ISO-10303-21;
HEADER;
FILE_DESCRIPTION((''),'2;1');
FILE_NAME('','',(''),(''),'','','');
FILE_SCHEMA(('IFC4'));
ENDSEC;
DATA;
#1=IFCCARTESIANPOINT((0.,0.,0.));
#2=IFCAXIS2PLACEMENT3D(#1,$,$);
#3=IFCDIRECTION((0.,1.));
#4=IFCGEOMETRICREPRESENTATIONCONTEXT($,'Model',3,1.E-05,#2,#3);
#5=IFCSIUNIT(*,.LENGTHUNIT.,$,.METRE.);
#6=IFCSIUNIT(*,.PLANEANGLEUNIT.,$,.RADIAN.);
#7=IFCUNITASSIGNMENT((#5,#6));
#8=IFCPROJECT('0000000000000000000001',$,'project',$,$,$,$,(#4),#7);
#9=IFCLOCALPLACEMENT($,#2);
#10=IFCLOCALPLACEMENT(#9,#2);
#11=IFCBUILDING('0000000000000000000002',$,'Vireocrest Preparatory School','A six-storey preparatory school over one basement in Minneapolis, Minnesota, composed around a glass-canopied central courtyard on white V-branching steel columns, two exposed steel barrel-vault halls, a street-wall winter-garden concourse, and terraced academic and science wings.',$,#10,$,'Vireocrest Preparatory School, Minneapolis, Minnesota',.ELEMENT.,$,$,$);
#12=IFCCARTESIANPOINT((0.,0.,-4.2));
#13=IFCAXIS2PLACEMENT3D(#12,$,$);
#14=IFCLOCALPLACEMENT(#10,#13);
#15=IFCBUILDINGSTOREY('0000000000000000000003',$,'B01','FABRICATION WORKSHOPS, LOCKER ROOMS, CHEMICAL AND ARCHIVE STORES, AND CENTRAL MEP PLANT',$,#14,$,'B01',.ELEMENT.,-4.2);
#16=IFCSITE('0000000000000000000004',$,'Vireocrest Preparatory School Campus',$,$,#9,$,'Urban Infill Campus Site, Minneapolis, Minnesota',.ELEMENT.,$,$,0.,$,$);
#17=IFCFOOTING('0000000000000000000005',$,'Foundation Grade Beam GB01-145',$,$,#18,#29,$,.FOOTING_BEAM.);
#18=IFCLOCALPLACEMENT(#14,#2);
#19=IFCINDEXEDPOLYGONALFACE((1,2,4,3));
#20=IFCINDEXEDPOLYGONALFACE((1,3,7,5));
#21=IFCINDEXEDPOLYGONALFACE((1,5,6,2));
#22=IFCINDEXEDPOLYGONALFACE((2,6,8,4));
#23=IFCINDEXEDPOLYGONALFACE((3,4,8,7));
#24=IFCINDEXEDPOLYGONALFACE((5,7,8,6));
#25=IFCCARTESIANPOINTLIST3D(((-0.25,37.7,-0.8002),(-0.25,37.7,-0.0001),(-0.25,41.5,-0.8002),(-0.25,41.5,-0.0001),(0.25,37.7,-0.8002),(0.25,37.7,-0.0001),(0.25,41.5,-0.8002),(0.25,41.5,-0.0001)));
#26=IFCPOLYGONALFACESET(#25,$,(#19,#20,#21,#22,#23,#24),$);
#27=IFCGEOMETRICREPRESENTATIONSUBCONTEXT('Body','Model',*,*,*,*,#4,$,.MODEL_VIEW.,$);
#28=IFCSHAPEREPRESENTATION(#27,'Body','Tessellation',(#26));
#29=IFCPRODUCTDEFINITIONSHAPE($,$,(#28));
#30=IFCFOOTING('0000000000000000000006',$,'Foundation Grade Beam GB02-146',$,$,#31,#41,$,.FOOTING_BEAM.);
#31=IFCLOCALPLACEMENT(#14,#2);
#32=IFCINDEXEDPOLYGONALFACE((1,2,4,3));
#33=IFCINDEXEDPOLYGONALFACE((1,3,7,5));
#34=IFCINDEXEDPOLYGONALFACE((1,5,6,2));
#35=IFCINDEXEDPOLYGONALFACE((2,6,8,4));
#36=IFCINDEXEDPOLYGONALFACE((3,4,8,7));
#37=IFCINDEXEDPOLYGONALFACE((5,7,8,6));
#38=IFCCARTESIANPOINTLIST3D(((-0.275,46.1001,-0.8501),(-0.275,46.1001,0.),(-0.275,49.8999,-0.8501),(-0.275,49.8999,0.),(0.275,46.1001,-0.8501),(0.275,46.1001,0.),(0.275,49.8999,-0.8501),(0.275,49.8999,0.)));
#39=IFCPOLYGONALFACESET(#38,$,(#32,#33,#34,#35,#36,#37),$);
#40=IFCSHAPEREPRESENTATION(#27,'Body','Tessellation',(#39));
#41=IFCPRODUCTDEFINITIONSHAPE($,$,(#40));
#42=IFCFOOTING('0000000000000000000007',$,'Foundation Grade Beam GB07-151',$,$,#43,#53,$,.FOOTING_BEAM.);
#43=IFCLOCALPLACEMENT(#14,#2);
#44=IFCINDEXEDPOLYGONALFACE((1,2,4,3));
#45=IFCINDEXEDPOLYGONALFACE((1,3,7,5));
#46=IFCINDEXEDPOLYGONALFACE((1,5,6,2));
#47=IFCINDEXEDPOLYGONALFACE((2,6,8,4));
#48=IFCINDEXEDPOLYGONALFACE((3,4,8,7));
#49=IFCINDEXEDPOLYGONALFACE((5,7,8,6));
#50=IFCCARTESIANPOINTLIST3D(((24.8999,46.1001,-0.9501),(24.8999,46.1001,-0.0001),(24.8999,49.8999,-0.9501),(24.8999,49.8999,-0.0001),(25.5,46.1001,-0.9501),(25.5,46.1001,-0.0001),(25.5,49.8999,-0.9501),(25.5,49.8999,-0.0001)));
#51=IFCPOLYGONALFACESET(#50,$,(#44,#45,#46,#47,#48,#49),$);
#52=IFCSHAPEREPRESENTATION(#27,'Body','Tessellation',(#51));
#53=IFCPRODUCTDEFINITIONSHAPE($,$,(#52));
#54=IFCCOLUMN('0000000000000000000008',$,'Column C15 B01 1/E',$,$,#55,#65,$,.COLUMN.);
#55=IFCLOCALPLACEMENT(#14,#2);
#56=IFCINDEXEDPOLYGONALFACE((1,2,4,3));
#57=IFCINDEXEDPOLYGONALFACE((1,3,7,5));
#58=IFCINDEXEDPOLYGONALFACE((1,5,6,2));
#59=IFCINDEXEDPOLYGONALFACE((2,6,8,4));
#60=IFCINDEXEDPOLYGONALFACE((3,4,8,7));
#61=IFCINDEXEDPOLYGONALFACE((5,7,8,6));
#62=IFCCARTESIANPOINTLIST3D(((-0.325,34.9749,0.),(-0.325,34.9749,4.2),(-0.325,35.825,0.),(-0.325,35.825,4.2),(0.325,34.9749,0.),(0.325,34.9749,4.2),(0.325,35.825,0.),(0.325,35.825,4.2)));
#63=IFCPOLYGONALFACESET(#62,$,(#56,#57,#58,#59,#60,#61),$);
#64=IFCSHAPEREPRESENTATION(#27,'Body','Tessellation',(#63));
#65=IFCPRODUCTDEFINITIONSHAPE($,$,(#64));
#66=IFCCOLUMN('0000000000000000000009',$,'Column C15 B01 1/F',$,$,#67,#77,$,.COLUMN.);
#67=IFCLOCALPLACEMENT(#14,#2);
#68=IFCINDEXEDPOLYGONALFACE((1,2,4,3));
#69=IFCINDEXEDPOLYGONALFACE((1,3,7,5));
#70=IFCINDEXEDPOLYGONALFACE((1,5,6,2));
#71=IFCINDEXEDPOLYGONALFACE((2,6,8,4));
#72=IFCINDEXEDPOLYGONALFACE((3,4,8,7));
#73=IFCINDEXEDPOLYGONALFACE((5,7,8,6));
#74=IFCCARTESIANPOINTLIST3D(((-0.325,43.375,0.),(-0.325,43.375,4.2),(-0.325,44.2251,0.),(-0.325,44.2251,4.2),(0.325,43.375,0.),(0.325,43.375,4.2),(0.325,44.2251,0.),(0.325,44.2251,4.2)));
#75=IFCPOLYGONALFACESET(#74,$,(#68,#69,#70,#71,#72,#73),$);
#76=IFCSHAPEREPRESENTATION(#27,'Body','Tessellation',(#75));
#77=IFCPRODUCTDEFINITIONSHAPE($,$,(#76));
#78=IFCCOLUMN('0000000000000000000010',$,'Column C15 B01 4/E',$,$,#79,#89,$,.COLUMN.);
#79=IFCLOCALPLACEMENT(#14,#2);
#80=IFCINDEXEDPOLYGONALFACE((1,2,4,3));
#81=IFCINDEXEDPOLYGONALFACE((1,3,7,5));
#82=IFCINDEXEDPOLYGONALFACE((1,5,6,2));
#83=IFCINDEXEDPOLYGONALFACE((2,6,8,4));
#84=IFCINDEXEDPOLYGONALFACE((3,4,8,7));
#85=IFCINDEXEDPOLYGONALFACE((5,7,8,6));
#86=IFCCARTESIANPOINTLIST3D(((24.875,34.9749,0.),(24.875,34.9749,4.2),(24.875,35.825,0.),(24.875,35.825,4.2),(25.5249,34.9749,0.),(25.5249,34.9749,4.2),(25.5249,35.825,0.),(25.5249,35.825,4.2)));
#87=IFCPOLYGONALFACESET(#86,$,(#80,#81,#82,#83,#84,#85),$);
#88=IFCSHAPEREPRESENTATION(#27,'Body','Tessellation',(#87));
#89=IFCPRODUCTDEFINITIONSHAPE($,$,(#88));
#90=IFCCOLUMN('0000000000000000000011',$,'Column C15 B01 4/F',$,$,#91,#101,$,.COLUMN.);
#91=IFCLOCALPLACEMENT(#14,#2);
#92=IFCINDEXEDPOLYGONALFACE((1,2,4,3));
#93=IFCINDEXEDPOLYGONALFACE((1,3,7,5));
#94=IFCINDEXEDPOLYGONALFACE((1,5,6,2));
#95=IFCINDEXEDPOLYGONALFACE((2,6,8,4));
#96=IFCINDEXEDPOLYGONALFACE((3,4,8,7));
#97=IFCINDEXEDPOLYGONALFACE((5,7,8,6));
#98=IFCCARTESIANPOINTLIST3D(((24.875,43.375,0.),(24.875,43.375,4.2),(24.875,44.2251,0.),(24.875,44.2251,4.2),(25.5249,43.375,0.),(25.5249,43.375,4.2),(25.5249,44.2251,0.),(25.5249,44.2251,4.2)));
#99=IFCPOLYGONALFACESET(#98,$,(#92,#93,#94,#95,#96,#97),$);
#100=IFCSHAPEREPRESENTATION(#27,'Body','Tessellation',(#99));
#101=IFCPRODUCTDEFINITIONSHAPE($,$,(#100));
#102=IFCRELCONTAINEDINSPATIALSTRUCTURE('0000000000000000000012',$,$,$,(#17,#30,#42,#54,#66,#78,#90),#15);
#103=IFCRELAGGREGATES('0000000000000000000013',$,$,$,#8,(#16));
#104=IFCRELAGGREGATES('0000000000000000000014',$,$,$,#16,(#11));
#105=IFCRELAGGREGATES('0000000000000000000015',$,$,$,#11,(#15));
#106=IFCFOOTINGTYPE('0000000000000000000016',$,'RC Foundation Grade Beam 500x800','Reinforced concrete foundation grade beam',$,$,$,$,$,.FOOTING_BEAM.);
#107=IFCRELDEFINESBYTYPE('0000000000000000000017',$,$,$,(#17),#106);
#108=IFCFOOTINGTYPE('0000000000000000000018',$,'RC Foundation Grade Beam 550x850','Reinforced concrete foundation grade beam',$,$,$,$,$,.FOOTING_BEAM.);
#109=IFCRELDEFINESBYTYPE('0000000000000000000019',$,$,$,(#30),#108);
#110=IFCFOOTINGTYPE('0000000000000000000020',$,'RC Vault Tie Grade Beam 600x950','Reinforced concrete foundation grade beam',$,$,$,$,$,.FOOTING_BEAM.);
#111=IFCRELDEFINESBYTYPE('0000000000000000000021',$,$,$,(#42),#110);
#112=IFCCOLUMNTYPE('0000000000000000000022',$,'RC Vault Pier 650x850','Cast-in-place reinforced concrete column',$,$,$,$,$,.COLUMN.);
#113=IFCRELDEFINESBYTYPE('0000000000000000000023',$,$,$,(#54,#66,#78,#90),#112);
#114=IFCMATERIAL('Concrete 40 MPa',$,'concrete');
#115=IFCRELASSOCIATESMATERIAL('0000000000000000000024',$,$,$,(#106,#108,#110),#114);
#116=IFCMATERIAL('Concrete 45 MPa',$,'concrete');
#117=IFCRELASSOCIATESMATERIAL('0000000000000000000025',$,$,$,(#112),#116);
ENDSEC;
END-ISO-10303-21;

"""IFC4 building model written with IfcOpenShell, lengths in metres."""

from ifc_helpers import new_model, si_unit, direction, frame, origin, origin_2d, place, context, subcontext, project, spatial, rectangle, extrude, material, material_profile, profile_set, type_object, element, save


model = new_model("IFC4")

# Units and contexts
model_context = context("Model", 3, precision=1e-05, world=origin(), true_north=direction((0.0, 1.0)))
body_context = subcontext(model_context, "Body", "Model", "MODEL_VIEW")
ifc_project = project(units=[si_unit("LENGTHUNIT", "METRE"), si_unit("PLANEANGLEUNIT", "RADIAN")], contexts=[model_context])

# Site, building, storey
site_placement = place(None, origin())
site = spatial("IfcSite", under=ifc_project, at=site_placement, Name="Vireocrest Preparatory School Campus", LongName="Urban Infill Campus Site, Minneapolis, Minnesota", CompositionType="ELEMENT", RefElevation=0.0)
building_placement = place(site_placement, origin())
building = spatial("IfcBuilding", under=site, at=building_placement, Name="Vireocrest Preparatory School", Description="A six-storey preparatory school over one basement in Minneapolis, Minnesota, composed around a glass-canopied central courtyard on white V-branching steel columns, two exposed steel barrel-vault halls, a street-wall winter-garden concourse, and terraced academic and science wings.", LongName="Vireocrest Preparatory School, Minneapolis, Minnesota", CompositionType="ELEMENT")
storey_placement = place(building_placement, frame((0.0, 0.0, -4.2)))
storey = spatial("IfcBuildingStorey", under=building, at=storey_placement, Name="B01", Description="FABRICATION WORKSHOPS, LOCKER ROOMS, CHEMICAL AND ARCHIVE STORES, AND CENTRAL MEP PLANT", LongName="B01", CompositionType="ELEMENT", Elevation=-4.2)

# Shared definitions
ifc_material_1 = material(Name="Concrete 40 MPa", Category="concrete")

# Footings
ifc_material_profile_1 = material_profile(ifc_material_1, rectangle(XDim=0.5, YDim=0.8, at=origin_2d()), Name="GB 500x800")
ifc_profile_set_1 = profile_set([ifc_material_profile_1], Name="Concrete 40 MPa")
footing_type_1 = type_object("IfcFootingType", Name="RC Foundation Grade Beam 500x800", Description="Reinforced concrete foundation grade beam", PredefinedType="FOOTING_BEAM", material=ifc_profile_set_1)
footing_1_placement = place(storey_placement, frame((0.0, 37.7, -0.4001), z_axis=(0.0, 1.0, 0.0), x_axis=(-1.0, 0.0, 0.0)))
element("IfcFooting", 1, at=footing_1_placement, inside=storey, type_object=footing_type_1, Name="Foundation Grade Beam GB01-145", PredefinedType="FOOTING_BEAM", context=body_context, shape_type="SweptSolid", body=[
    extrude(rectangle(XDim=0.5, YDim=0.8, at=origin_2d()), origin(), (0.0, 0.0, 1.0), 3.8),
])
ifc_material_profile_2 = material_profile(ifc_material_1, rectangle(XDim=0.55, YDim=0.8501, at=origin_2d()), Name="GB 550x850")
ifc_profile_set_2 = profile_set([ifc_material_profile_2], Name="Concrete 40 MPa")
footing_type_2 = type_object("IfcFootingType", Name="RC Foundation Grade Beam 550x850", Description="Reinforced concrete foundation grade beam", PredefinedType="FOOTING_BEAM", material=ifc_profile_set_2)
footing_2_placement = place(storey_placement, frame((0.0, 46.1001, -0.425), z_axis=(0.0, 1.0, 0.0), x_axis=(-1.0, 0.0, 0.0)))
element("IfcFooting", 2, at=footing_2_placement, inside=storey, type_object=footing_type_2, Name="Foundation Grade Beam GB02-146", PredefinedType="FOOTING_BEAM", context=body_context, shape_type="SweptSolid", body=[
    extrude(rectangle(XDim=0.55, YDim=0.8501, at=origin_2d()), origin(), (0.0, 0.0, 1.0), 3.7998),
])
ifc_material_profile_3 = material_profile(ifc_material_1, rectangle(XDim=0.6001, YDim=0.95, at=origin_2d()), Name="GB 600x950")
ifc_profile_set_3 = profile_set([ifc_material_profile_3], Name="Concrete 40 MPa")
footing_type_3 = type_object("IfcFootingType", Name="RC Vault Tie Grade Beam 600x950", Description="Reinforced concrete foundation grade beam", PredefinedType="FOOTING_BEAM", material=ifc_profile_set_3)
footing_3_placement = place(storey_placement, frame((25.2, 46.1001, -0.4751), z_axis=(0.0, 1.0, 0.0), x_axis=(-1.0, 0.0, 0.0)))
element("IfcFooting", 3, at=footing_3_placement, inside=storey, type_object=footing_type_3, Name="Foundation Grade Beam GB07-151", PredefinedType="FOOTING_BEAM", context=body_context, shape_type="SweptSolid", body=[
    extrude(rectangle(XDim=0.6001, YDim=0.95, at=origin_2d()), origin(), (0.0, 0.0, 1.0), 3.7998),
])

# Columns
ifc_material_2 = material(Name="Concrete 45 MPa", Category="concrete")
ifc_material_profile_4 = material_profile(ifc_material_2, rectangle(XDim=0.6499, YDim=0.8501, at=origin_2d()), Name="RC 650x850")
ifc_profile_set_4 = profile_set([ifc_material_profile_4], Name="Concrete 45 MPa")
column_type = type_object("IfcColumnType", Name="RC Vault Pier 650x850", Description="Cast-in-place reinforced concrete column", PredefinedType="COLUMN", material=ifc_profile_set_4)
for number, where, z_axis, x_axis, name in (
    (4, (0.0, 35.3999, 0.0), (0.0, 0.0, 1.0), (1.0, 0.0, 0.0), "Column C15 B01 1/E"),
    (5, (0.0, 43.8, 0.0), (0.0, 0.0, 1.0), (1.0, 0.0, 0.0), "Column C15 B01 1/F"),
    (6, (25.2, 35.3999, 0.0), (0.0, 0.0, 1.0), (1.0, 0.0, 0.0), "Column C15 B01 4/E"),
    (7, (25.2, 43.8, 0.0), (0.0, 0.0, 1.0), (1.0, 0.0, 0.0), "Column C15 B01 4/F"),
):
    element("IfcColumn", number, at=place(storey_placement, frame(where, z_axis=z_axis, x_axis=x_axis)), inside=storey, type_object=column_type, Name=name, PredefinedType="COLUMN", context=body_context, shape_type="SweptSolid", body=[
        extrude(rectangle(XDim=0.6499, YDim=0.8501, at=origin_2d()), origin(), (0.0, 0.0, 1.0), 4.2),
    ])

save(model, "model.ifc")
